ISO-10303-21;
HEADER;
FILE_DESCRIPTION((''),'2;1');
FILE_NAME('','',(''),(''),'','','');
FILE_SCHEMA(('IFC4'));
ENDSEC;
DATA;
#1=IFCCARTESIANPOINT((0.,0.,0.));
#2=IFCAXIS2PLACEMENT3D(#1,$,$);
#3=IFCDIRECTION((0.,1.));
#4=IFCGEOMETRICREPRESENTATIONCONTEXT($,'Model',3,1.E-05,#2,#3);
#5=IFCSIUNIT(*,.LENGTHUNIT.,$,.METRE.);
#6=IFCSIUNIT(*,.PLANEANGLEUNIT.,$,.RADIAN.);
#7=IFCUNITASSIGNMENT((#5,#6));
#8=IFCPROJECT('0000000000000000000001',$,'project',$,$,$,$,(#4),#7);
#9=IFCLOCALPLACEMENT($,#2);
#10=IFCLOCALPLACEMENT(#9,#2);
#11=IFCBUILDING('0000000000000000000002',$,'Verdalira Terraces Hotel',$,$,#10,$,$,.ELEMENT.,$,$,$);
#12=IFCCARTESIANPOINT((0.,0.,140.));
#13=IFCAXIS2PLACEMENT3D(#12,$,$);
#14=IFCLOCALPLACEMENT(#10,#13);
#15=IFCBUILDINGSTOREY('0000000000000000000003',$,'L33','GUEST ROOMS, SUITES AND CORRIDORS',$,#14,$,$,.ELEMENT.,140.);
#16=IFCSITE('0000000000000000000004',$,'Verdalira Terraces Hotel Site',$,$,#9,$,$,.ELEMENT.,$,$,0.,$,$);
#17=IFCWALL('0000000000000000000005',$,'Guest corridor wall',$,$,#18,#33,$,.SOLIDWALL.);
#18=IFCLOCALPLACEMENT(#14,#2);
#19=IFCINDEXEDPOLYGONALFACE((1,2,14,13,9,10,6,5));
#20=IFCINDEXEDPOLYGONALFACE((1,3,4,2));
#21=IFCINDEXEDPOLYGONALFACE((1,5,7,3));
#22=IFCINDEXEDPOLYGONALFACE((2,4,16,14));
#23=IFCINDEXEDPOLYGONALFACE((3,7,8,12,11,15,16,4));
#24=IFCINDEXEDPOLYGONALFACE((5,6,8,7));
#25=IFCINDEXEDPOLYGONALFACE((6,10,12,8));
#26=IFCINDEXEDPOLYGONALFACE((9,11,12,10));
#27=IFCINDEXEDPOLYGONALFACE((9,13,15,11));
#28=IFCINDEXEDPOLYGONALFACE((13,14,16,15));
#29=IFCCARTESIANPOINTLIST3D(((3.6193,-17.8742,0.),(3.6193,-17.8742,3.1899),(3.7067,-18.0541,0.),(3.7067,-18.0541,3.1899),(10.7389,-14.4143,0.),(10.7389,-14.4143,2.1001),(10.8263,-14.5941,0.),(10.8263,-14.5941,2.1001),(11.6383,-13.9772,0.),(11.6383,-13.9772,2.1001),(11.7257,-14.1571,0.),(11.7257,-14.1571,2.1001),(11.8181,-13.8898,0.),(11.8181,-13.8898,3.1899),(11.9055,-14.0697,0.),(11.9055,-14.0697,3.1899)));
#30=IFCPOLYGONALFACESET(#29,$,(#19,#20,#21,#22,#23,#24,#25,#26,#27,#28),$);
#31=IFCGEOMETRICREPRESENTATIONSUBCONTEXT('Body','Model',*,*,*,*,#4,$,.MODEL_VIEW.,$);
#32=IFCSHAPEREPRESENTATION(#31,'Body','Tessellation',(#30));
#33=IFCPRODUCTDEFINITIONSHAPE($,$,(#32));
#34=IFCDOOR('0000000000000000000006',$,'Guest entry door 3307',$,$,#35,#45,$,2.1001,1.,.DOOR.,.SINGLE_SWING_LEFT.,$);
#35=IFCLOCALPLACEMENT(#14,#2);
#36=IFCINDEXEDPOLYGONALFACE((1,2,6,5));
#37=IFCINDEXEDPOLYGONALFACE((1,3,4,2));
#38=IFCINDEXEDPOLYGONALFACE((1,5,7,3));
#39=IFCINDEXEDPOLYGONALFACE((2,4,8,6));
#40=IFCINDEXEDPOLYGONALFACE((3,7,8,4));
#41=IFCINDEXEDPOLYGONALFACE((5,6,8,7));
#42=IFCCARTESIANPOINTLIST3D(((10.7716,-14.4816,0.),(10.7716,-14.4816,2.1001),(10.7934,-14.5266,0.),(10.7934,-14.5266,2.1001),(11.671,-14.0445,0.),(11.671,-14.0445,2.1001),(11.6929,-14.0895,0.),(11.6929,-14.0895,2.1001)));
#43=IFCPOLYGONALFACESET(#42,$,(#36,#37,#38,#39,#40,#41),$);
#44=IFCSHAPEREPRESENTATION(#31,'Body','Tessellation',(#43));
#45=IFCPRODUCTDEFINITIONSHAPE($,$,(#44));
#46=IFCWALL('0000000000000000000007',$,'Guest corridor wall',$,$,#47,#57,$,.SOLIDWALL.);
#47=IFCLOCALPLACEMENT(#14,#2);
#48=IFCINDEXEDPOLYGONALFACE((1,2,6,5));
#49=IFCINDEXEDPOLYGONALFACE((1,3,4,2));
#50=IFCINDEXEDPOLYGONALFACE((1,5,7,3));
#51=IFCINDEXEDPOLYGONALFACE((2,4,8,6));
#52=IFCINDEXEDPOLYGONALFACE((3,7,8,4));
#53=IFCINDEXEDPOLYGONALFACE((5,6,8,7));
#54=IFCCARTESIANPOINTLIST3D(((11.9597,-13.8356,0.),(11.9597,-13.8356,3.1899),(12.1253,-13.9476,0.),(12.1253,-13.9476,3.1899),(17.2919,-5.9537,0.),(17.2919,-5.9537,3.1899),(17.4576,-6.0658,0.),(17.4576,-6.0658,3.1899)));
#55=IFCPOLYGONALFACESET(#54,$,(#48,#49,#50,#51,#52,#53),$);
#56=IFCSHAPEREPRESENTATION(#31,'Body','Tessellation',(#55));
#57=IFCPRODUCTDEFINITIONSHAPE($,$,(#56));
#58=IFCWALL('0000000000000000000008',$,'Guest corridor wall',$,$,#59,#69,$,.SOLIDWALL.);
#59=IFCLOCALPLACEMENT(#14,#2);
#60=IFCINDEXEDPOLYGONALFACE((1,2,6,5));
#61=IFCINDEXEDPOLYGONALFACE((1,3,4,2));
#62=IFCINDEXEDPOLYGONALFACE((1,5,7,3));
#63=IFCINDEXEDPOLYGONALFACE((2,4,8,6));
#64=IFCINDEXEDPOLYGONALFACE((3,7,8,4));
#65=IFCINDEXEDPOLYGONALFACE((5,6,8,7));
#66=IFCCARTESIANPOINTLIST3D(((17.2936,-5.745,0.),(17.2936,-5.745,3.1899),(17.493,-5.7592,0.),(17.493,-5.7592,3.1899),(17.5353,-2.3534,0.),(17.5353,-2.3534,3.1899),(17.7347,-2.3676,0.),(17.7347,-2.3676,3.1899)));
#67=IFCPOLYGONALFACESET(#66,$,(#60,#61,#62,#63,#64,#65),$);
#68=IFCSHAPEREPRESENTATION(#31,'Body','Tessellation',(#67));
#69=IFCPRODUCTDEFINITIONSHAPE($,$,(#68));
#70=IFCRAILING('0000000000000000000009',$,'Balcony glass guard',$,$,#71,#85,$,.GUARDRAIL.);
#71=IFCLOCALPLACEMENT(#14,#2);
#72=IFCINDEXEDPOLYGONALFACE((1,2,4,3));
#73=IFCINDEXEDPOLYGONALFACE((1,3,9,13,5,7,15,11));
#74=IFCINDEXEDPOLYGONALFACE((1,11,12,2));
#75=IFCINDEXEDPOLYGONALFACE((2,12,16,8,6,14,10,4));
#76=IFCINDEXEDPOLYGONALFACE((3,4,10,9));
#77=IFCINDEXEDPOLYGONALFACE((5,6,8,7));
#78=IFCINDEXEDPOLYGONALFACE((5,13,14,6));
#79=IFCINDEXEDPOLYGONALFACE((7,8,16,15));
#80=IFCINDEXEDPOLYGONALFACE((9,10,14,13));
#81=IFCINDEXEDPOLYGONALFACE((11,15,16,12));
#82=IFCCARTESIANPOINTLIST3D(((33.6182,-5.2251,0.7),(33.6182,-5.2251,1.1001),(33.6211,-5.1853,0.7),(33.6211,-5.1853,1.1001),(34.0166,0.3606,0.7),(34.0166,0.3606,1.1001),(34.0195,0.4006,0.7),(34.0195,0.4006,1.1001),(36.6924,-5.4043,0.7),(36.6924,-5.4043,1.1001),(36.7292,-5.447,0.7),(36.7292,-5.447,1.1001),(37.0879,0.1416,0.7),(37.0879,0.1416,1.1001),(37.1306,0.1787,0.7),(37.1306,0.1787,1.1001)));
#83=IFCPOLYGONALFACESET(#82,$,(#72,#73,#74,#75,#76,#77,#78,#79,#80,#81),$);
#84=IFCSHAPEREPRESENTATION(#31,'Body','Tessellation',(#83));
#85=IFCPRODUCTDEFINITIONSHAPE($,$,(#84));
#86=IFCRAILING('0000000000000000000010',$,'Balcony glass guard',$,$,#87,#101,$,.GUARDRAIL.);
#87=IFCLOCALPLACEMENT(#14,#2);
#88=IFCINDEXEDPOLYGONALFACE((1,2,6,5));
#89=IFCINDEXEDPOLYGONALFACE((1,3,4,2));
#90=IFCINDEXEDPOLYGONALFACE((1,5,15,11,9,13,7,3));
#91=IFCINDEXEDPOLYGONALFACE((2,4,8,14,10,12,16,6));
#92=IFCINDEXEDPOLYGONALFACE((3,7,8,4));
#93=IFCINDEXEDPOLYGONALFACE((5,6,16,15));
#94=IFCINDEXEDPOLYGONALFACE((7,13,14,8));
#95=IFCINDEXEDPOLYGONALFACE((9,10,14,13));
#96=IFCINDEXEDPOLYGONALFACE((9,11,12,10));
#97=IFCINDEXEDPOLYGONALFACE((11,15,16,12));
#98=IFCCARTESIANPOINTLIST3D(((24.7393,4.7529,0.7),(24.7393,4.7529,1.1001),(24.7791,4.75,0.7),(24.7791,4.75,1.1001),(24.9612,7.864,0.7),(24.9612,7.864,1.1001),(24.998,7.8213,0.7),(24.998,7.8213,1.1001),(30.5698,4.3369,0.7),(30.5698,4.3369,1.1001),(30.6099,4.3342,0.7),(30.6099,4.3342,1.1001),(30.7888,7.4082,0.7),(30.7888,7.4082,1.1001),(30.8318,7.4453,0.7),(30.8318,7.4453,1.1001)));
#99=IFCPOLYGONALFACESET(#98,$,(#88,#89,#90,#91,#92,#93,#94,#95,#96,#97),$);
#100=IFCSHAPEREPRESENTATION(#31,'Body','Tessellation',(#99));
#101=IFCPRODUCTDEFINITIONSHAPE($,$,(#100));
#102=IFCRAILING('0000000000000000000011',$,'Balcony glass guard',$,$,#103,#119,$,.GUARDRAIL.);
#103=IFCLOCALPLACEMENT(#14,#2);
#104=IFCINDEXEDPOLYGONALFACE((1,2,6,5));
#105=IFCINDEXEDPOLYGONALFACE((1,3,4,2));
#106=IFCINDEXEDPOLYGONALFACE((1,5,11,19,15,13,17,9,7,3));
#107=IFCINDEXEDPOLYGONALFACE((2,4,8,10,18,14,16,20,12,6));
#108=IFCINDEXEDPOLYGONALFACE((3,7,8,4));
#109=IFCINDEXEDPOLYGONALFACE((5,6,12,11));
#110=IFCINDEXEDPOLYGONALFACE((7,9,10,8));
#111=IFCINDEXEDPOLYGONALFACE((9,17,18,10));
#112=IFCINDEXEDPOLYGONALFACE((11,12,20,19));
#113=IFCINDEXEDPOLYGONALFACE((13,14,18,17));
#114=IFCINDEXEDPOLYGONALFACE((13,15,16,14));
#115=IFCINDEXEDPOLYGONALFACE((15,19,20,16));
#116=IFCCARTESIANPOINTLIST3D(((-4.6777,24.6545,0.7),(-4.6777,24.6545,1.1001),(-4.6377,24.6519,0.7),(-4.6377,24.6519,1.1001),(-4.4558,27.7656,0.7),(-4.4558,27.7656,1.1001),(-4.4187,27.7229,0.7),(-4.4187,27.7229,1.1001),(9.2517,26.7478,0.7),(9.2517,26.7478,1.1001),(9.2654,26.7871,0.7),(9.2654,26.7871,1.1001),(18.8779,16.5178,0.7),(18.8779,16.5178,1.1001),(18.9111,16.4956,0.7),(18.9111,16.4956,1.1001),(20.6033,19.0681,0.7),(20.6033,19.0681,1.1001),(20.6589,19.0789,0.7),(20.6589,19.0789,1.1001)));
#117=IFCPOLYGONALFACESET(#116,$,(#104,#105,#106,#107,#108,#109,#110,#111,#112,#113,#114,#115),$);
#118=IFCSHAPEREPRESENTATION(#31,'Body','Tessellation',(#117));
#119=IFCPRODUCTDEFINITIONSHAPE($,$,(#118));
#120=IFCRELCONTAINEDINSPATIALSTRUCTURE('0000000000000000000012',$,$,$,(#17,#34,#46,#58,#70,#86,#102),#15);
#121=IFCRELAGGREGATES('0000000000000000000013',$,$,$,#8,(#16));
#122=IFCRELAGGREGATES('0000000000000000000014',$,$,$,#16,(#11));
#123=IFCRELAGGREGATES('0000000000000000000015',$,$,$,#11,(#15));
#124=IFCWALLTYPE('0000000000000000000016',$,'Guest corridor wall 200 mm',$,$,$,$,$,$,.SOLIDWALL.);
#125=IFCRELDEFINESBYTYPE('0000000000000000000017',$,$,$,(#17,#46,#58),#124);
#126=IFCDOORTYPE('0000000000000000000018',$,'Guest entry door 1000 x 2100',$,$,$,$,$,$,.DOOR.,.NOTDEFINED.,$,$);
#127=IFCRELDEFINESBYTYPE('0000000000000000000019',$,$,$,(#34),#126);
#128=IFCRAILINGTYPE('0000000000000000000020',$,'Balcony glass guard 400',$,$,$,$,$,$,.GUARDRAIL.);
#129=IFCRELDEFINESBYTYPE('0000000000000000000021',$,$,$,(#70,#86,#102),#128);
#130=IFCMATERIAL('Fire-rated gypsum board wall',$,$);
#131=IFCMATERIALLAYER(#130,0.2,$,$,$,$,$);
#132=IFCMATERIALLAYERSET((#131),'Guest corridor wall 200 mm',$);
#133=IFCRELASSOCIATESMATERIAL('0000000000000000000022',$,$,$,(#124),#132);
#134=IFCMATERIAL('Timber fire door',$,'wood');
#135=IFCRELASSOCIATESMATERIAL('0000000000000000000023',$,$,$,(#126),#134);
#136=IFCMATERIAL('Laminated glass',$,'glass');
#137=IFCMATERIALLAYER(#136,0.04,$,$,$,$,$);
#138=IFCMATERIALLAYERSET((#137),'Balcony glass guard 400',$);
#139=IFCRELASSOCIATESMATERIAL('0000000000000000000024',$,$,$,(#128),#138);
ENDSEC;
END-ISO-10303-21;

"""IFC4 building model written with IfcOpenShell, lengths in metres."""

from ifc_helpers import new_model, si_unit, direction, frame, frame_2d, origin, place, context, subcontext, project, spatial, polyline, rectangle, outline, extrude, material, layer, layer_set, type_object, element, fill, save


model = new_model("IFC4")

# Units and contexts
model_context = context("Model", 3, precision=1e-05, world=origin(), true_north=direction((0.0, 1.0)))
body_context = subcontext(model_context, "Body", "Model", "MODEL_VIEW")
ifc_project = project(units=[si_unit("LENGTHUNIT", "METRE"), si_unit("PLANEANGLEUNIT", "RADIAN")], contexts=[model_context])

# Site, building, storey
site_placement = place(None, origin())
site = spatial("IfcSite", under=ifc_project, at=site_placement, Name="Verdalira Terraces Hotel Site", CompositionType="ELEMENT", RefElevation=0.0)
building_placement = place(site_placement, origin())
building = spatial("IfcBuilding", under=site, at=building_placement, Name="Verdalira Terraces Hotel", CompositionType="ELEMENT")
storey_placement = place(building_placement, frame((0.0, 0.0, 140.0)))
storey = spatial("IfcBuildingStorey", under=building, at=storey_placement, Name="L33", Description="GUEST ROOMS, SUITES AND CORRIDORS", CompositionType="ELEMENT", Elevation=140.0)

# Wall, opening, door
ifc_material_1 = material(Name="Fire-rated gypsum board wall")
ifc_layer_1 = layer(ifc_material_1, 0.2)
ifc_layer_set_1 = layer_set([ifc_layer_1], Name="Guest corridor wall 200 mm")
wall_type_1 = type_object("IfcWallType", Name="Guest corridor wall 200 mm", PredefinedType="SOLIDWALL", material=ifc_layer_set_1)
wall_1_placement = place(storey_placement, frame((11.8618, -13.9797, 0.0), z_axis=(0.0, 0.0, 1.0), x_axis=(-0.899416, -0.437093, 0.0)))
wall_1 = element("IfcWall", 1, at=wall_1_placement, inside=storey, type_object=wall_type_1, Name="Guest corridor wall", PredefinedType="SOLIDWALL", context=body_context, shape_type="SweptSolid", body=[
    extrude(rectangle(XDim=9.1157, YDim=0.2, at=frame_2d((4.5579, 0.0))), origin(), (0.0, 0.0, 1.0), 3.1899),
])
opening_1_placement = place(wall_1_placement, frame((0.2, 0.0, 0.0)))
opening_1 = element("IfcOpeningElement", 2, at=opening_1_placement, cuts=wall_1, PredefinedType="OPENING", context=body_context, shape_type="SweptSolid", body=[
    extrude(rectangle(XDim=1.0, YDim=2.1001, at=frame_2d((0.5, 1.05))), frame((0.0, 0.1099, 0.0), z_axis=(0.0, -1.0, 0.0), x_axis=(1.0, 0.0, 0.0)), (0.0, 0.0, 1.0), 0.22),
])
ifc_material_2 = material(Name="Timber fire door", Category="wood")
door_type_1 = type_object("IfcDoorType", Name="Guest entry door 1000 x 2100", OperationType="NOTDEFINED", PredefinedType="DOOR", material=ifc_material_2)
door_1_placement = place(opening_1_placement, origin())
door_1 = element("IfcDoor", 3, at=door_1_placement, inside=storey, type_object=door_type_1, Name="Guest entry door 3307", OperationType="SINGLE_SWING_LEFT", OverallHeight=2.1001, OverallWidth=1.0, PredefinedType="DOOR", context=body_context, shape_type="SweptSolid", body=[
    extrude(rectangle(XDim=1.0, YDim=2.1001, at=frame_2d((0.5, 1.05))), frame((0.0, 0.0249, 0.0), z_axis=(0.0, -1.0, 0.0), x_axis=(1.0, 0.0, 0.0)), (0.0, 0.0, 1.0), 0.05),
])
fill(opening_1, door_1)

# Walls
wall_2_placement = place(storey_placement, frame((12.0425, -13.8916, 0.0), z_axis=(0.0, 0.0, 1.0), x_axis=(0.560341, 0.828262, 0.0)))
element("IfcWall", 4, at=wall_2_placement, inside=storey, type_object=wall_type_1, Name="Guest corridor wall", PredefinedType="SOLIDWALL", context=body_context, shape_type="SweptSolid", body=[
    extrude(rectangle(XDim=9.5161, YDim=0.2, at=frame_2d((4.7581, 0.0))), origin(), (0.0, 0.0, 1.0), 3.1899),
])
wall_3_placement = place(storey_placement, frame((17.3933, -5.7522, 0.0), z_axis=(0.0, 0.0, 1.0), x_axis=(0.071084, 0.99747, 0.0)))
element("IfcWall", 5, at=wall_3_placement, inside=storey, type_object=wall_type_1, Name="Guest corridor wall", PredefinedType="SOLIDWALL", context=body_context, shape_type="SweptSolid", body=[
    extrude(rectangle(XDim=3.4001, YDim=0.2, at=frame_2d((1.7002, 0.0))), origin(), (0.0, 0.0, 1.0), 3.1899),
])

# Railings
ifc_material_3 = material(Name="Laminated glass", Category="glass")
ifc_layer_2 = layer(ifc_material_3, 0.04)
ifc_layer_set_2 = layer_set([ifc_layer_2], Name="Balcony glass guard 400")
railing_type_1 = type_object("IfcRailingType", Name="Balcony glass guard 400", PredefinedType="GUARDRAIL", material=ifc_layer_set_2)
railing_1_placement = place(storey_placement, frame((0.0, 0.0, 0.7)))
element("IfcRailing", 6, at=railing_1_placement, inside=storey, type_object=railing_type_1, Name="Balcony glass guard", PredefinedType="GUARDRAIL", context=body_context, shape_type="SweptSolid", body=[
    extrude(outline(polyline([(36.6924, -5.4043), (37.0879, 0.1416), (34.0166, 0.3606), (34.0195, 0.4006), (37.1306, 0.1787), (36.7292, -5.447), (33.6182, -5.2251), (33.6211, -5.1853), (36.6924, -5.4043)])), origin(), (0.0, 0.0, 1.0), 0.4001),
])
railing_2_placement = place(storey_placement, frame((0.0, 0.0, 0.7)))
element("IfcRailing", 7, at=railing_2_placement, inside=storey, type_object=railing_type_1, Name="Balcony glass guard", PredefinedType="GUARDRAIL", context=body_context, shape_type="SweptSolid", body=[
    extrude(outline(polyline([(30.7888, 7.4082), (24.998, 7.8213), (24.7791, 4.75), (24.7393, 4.7529), (24.9612, 7.864), (30.8318, 7.4453), (30.6099, 4.3342), (30.5698, 4.3369), (30.7888, 7.4082)])), origin(), (0.0, 0.0, 1.0), 0.4001),
])
railing_3_placement = place(storey_placement, frame((0.0, 0.0, 0.7)))
element("IfcRailing", 8, at=railing_3_placement, inside=storey, type_object=railing_type_1, Name="Balcony glass guard", PredefinedType="GUARDRAIL", context=body_context, shape_type="SweptSolid", body=[
    extrude(outline(polyline([(20.6033, 19.0681), (9.2517, 26.7478), (-4.4187, 27.7229), (-4.6377, 24.6519), (-4.6777, 24.6545), (-4.4558, 27.7656), (9.2654, 26.7871), (20.6589, 19.0789), (18.9111, 16.4956), (18.8779, 16.5178), (20.6033, 19.0681)])), origin(), (0.0, 0.0, 1.0), 0.4001),
])

save(model, "model.ifc")
